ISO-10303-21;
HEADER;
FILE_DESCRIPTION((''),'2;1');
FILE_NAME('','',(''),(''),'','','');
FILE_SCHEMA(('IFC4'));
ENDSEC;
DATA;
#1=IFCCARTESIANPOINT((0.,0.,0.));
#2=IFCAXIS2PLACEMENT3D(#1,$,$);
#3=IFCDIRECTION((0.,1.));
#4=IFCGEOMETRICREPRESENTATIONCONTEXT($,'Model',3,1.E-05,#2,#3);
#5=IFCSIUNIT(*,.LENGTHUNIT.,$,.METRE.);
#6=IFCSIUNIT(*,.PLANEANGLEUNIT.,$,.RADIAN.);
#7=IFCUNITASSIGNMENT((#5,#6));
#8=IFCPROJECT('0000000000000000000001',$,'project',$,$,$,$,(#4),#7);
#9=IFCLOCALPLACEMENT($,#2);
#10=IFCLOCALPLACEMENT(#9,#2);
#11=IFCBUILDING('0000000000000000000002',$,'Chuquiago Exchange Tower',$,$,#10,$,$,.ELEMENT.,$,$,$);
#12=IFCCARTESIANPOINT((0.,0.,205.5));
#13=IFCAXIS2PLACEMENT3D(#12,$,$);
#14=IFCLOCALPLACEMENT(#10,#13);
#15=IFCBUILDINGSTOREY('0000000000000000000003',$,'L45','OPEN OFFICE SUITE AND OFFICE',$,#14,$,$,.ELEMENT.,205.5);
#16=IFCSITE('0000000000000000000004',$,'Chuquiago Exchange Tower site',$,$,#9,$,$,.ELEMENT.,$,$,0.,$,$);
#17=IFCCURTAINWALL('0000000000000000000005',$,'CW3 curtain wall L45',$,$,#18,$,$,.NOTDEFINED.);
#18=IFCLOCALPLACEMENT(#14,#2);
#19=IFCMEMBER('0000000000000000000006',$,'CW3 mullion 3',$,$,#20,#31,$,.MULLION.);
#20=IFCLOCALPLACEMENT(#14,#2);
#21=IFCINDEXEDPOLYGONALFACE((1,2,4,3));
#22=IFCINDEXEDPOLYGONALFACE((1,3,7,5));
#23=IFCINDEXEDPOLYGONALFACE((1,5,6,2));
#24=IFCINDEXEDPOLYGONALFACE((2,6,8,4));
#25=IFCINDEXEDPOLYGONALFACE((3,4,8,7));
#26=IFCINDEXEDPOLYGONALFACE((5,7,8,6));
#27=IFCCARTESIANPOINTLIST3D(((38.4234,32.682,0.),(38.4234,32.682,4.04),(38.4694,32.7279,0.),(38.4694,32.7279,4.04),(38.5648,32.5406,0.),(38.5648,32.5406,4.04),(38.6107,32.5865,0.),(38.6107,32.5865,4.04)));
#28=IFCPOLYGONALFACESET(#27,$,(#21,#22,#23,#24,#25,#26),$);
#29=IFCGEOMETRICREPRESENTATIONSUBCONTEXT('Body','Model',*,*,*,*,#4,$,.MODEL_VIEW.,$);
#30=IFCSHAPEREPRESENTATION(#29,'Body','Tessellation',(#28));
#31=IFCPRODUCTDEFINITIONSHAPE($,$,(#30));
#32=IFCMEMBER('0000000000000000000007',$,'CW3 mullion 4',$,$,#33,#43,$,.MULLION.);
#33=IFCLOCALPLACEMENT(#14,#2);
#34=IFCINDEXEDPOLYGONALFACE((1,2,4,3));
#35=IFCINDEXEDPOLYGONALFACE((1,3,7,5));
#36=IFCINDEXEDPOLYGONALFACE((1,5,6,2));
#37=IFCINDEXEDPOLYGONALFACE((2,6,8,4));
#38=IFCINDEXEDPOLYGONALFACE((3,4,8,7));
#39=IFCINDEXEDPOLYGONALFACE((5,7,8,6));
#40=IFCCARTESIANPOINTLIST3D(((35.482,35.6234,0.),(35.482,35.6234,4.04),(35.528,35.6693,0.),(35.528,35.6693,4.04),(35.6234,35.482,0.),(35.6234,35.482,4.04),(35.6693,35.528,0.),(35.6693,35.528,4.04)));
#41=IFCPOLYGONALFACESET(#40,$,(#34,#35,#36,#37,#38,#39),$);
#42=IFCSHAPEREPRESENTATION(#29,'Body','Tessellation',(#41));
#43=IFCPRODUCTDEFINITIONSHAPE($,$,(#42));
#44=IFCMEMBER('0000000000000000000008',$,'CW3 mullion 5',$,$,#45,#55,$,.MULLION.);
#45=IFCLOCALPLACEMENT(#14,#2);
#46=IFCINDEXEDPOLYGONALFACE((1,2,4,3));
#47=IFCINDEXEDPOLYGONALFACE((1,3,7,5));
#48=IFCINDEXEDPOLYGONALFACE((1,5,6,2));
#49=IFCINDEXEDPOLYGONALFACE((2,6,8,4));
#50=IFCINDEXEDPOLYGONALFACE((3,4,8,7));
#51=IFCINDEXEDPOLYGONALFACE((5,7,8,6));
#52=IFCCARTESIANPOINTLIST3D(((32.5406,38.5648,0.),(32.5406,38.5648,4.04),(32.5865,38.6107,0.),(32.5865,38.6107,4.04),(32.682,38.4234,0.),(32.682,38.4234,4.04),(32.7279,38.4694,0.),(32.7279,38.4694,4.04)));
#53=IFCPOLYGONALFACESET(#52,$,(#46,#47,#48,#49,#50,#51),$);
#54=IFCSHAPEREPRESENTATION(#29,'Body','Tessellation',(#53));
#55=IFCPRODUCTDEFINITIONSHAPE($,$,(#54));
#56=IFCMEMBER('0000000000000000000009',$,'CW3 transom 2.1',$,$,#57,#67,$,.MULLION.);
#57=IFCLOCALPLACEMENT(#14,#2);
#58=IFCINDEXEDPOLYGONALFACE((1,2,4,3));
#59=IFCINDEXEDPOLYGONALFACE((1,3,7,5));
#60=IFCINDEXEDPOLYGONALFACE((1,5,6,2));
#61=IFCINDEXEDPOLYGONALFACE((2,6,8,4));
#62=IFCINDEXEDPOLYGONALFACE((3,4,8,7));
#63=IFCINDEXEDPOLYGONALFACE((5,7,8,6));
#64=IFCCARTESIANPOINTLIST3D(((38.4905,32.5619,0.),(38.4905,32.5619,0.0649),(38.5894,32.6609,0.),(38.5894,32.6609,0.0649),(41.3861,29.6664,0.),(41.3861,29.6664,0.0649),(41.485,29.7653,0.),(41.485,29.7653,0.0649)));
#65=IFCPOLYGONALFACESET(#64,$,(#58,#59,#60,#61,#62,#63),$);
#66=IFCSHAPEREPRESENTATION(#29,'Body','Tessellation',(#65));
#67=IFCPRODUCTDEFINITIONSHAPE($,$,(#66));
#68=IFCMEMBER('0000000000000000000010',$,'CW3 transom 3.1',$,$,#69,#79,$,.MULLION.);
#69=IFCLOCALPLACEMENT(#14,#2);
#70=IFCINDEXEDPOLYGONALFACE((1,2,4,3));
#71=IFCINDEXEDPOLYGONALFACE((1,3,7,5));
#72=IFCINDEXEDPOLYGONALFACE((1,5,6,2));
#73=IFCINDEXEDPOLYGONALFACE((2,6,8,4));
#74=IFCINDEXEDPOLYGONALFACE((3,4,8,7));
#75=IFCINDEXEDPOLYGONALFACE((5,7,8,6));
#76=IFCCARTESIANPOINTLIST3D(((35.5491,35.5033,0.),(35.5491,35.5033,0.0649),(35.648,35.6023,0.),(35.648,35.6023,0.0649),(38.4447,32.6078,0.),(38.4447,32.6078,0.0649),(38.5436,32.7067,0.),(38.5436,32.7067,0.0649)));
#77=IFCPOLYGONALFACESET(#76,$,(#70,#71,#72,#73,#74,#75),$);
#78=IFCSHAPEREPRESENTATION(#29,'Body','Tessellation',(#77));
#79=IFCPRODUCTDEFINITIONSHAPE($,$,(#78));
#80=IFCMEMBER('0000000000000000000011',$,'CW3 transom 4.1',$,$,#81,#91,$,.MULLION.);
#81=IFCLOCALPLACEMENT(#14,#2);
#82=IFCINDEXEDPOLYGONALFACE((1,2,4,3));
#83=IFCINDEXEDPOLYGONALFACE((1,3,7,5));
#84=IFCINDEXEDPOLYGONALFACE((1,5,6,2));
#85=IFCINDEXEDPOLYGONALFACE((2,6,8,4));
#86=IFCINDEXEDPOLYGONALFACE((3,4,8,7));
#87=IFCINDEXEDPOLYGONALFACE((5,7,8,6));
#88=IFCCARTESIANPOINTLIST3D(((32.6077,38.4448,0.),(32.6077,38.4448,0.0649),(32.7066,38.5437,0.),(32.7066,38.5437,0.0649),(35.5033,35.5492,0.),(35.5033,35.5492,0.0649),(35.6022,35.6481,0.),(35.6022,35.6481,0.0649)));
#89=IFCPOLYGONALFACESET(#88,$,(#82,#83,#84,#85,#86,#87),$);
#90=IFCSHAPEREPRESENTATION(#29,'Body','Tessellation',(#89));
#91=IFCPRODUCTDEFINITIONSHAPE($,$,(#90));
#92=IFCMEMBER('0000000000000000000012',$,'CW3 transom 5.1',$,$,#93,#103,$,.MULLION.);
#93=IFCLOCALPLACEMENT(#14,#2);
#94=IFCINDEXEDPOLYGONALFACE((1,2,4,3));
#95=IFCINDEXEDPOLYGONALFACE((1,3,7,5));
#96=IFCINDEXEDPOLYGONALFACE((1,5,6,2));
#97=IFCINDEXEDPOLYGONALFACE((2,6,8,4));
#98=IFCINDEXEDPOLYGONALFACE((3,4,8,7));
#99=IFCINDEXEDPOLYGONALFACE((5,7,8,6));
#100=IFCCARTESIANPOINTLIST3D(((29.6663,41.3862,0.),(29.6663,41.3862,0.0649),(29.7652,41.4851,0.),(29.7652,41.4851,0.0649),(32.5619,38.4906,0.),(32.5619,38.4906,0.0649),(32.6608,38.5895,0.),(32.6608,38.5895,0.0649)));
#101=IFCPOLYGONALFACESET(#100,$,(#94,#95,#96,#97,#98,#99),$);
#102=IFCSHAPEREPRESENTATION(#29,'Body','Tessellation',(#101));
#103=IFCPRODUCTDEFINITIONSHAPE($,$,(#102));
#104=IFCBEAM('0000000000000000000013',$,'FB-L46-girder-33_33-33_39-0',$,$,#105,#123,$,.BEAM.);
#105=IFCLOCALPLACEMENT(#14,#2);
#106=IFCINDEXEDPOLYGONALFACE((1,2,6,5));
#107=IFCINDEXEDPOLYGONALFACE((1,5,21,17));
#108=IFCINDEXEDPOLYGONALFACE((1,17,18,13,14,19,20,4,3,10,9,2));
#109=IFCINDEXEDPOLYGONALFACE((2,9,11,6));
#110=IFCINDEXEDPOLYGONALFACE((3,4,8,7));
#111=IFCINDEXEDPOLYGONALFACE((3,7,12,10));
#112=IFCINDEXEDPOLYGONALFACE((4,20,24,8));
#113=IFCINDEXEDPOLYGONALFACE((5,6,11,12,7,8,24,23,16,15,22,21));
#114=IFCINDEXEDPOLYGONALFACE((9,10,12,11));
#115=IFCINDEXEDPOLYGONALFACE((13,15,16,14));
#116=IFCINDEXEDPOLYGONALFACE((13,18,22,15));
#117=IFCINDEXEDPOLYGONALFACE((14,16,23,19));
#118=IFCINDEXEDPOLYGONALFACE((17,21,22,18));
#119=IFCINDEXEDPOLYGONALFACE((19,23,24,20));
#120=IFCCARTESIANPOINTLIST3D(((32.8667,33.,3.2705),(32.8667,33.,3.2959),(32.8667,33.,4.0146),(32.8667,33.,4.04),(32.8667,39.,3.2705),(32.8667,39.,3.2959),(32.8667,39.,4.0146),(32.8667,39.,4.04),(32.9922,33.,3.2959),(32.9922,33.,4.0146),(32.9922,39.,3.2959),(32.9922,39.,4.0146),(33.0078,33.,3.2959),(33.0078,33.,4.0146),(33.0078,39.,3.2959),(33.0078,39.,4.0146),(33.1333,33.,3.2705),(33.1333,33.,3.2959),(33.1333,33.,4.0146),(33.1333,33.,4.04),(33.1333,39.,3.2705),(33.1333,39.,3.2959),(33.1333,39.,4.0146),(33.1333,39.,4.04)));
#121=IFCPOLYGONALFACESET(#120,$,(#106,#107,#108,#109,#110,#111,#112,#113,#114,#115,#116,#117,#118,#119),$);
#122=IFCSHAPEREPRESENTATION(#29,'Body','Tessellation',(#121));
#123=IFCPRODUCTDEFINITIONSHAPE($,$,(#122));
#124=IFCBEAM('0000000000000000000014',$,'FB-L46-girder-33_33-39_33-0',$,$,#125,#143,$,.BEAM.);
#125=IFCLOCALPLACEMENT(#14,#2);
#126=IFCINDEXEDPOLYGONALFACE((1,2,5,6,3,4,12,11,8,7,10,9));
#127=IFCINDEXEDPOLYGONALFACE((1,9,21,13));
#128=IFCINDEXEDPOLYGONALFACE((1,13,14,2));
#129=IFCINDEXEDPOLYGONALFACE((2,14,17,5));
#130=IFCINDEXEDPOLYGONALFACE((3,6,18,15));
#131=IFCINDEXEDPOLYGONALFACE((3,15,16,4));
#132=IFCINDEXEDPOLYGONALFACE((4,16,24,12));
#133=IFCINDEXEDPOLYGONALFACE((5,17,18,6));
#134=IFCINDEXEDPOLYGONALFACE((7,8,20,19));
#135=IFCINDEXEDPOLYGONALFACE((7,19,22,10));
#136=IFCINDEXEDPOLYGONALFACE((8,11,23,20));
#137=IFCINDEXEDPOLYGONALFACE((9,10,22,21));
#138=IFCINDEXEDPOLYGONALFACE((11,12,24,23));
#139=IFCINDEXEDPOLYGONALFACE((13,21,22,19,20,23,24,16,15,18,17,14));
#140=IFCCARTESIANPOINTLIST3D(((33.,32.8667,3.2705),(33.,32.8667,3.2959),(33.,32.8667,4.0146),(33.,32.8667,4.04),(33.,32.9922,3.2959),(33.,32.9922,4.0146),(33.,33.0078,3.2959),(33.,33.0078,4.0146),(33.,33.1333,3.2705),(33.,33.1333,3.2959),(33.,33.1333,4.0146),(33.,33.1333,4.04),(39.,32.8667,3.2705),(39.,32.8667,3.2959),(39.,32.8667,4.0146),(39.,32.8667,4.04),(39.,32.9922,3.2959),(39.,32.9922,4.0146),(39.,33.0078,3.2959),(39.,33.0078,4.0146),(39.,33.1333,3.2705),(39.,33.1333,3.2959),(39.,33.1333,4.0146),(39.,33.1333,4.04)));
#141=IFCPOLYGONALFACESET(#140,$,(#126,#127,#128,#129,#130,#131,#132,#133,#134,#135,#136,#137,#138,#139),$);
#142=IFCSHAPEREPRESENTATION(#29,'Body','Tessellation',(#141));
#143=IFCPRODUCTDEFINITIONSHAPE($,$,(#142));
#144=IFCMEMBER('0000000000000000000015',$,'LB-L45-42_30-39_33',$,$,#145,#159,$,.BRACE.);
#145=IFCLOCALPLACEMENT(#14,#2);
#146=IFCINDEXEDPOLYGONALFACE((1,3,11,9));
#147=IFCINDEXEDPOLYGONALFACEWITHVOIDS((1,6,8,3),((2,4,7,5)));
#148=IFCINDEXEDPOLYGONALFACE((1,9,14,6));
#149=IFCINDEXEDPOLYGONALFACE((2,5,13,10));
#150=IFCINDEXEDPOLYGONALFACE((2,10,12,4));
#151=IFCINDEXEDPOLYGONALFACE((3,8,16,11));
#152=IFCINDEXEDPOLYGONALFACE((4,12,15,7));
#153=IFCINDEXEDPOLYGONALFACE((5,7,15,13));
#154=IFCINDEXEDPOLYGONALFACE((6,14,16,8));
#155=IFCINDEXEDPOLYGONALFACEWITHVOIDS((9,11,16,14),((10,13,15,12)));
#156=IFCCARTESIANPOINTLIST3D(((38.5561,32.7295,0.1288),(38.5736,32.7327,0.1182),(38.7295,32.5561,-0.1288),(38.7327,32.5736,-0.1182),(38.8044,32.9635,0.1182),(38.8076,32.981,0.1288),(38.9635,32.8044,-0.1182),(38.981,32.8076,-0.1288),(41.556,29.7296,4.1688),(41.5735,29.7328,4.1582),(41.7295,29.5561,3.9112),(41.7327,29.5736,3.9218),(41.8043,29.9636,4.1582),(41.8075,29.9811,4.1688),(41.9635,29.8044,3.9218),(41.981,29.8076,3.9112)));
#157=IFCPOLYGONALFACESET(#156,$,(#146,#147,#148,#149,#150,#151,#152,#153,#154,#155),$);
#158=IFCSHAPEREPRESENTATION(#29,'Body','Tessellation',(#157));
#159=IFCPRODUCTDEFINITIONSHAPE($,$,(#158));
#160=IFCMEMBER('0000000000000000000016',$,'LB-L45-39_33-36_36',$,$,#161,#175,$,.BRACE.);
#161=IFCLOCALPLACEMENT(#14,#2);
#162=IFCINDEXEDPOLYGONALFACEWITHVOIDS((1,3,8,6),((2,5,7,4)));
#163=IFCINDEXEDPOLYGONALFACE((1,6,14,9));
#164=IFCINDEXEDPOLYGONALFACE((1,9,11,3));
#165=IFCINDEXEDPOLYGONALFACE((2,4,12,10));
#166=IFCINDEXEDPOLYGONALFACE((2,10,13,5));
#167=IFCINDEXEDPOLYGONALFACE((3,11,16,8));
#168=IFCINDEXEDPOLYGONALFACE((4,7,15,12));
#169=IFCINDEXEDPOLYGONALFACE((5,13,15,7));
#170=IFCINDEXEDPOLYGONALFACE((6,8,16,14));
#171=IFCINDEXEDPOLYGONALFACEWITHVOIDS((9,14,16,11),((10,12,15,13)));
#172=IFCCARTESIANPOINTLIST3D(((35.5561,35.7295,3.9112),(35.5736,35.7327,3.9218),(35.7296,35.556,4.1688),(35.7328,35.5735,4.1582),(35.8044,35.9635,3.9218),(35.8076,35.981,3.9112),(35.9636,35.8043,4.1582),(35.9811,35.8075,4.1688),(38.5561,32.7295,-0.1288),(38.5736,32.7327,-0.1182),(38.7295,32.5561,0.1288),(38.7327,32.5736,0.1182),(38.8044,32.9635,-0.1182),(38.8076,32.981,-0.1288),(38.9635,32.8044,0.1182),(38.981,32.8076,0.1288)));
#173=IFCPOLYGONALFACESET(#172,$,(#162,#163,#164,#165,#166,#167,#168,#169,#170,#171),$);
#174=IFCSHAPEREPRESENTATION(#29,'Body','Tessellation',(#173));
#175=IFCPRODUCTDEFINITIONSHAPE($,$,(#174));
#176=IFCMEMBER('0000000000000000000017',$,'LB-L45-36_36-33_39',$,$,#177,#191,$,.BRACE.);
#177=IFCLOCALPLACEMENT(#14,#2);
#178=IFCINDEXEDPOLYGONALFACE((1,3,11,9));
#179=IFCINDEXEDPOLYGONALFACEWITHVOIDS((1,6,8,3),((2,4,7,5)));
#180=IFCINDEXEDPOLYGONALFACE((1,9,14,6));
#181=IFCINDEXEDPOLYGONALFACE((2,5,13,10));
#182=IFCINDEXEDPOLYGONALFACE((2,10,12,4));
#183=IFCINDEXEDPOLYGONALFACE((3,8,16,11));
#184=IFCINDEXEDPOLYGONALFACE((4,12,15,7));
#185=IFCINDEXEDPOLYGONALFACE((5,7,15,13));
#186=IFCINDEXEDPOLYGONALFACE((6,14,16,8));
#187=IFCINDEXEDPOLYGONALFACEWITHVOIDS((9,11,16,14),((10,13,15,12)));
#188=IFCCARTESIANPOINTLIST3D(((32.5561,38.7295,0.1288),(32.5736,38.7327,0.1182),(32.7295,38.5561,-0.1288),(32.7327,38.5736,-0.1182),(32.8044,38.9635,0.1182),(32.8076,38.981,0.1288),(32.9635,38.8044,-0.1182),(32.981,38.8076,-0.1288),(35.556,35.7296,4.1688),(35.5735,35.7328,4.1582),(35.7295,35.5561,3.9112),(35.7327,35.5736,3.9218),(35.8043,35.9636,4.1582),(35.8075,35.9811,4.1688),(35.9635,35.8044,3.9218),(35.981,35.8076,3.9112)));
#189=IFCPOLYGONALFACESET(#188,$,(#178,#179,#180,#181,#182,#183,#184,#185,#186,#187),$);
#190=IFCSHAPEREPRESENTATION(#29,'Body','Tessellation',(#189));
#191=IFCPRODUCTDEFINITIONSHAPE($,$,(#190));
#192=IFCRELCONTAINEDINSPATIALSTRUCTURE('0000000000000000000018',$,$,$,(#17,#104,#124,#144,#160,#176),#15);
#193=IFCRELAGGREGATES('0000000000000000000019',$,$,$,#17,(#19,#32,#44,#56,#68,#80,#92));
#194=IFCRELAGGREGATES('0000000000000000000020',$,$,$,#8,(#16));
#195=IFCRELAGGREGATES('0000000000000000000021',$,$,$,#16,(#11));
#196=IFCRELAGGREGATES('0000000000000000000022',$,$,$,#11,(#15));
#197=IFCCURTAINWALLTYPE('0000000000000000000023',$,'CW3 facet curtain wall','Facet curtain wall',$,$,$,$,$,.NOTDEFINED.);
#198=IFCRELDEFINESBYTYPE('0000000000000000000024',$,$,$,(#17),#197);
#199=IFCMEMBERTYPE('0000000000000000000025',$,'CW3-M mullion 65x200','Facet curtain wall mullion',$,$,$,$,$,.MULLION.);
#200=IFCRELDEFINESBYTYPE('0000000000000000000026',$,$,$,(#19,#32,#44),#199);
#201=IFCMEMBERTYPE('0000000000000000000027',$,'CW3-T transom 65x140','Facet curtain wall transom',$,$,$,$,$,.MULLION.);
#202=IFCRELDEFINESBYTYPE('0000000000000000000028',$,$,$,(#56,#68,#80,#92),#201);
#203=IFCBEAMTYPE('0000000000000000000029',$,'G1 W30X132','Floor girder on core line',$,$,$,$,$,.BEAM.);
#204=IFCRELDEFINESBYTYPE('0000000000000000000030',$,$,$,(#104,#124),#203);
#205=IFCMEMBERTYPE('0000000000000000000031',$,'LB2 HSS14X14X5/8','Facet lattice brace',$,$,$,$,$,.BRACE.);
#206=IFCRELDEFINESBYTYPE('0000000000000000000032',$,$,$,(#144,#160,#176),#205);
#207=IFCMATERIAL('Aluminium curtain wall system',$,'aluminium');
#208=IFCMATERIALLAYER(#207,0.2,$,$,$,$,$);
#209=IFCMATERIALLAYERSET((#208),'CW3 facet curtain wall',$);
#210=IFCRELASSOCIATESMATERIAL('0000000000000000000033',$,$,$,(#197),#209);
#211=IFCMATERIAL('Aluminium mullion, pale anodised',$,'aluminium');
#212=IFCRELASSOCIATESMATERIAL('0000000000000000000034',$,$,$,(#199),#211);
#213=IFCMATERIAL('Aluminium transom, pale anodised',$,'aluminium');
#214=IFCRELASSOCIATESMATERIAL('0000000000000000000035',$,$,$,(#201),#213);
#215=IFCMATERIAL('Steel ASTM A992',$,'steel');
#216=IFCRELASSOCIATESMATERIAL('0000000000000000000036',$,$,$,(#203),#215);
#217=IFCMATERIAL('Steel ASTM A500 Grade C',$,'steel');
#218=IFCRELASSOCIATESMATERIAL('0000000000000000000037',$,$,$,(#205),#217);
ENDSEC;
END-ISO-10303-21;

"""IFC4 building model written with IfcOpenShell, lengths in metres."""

from ifc_helpers import new_model, si_unit, direction, frame, origin, origin_2d, place, context, subcontext, project, spatial, rectangle, hollow_rectangle, i_section, extrude, material, layer, layer_set, material_profile, profile_set, type_object, element, aggregate, save


model = new_model("IFC4")

# Units and contexts
model_context = context("Model", 3, precision=1e-05, world=origin(), true_north=direction((0.0, 1.0)))
body_context = subcontext(model_context, "Body", "Model", "MODEL_VIEW")
ifc_project = project(units=[si_unit("LENGTHUNIT", "METRE"), si_unit("PLANEANGLEUNIT", "RADIAN")], contexts=[model_context])

# Site, building, storey
site_placement = place(None, origin())
site = spatial("IfcSite", under=ifc_project, at=site_placement, Name="Chuquiago Exchange Tower site", CompositionType="ELEMENT", RefElevation=0.0)
building_placement = place(site_placement, origin())
building = spatial("IfcBuilding", under=site, at=building_placement, Name="Chuquiago Exchange Tower", CompositionType="ELEMENT")
storey_placement = place(building_placement, frame((0.0, 0.0, 205.5)))
storey = spatial("IfcBuildingStorey", under=building, at=storey_placement, Name="L45", Description="OPEN OFFICE SUITE AND OFFICE", CompositionType="ELEMENT", Elevation=205.5)

# Curtain wall, members
ifc_material_1 = material(Name="Aluminium curtain wall system", Category="aluminium")
ifc_layer_1 = layer(ifc_material_1, 0.2)
ifc_layer_set_1 = layer_set([ifc_layer_1], Name="CW3 facet curtain wall")
curtain_wall_type = type_object("IfcCurtainWallType", Name="CW3 facet curtain wall", Description="Facet curtain wall", PredefinedType="NOTDEFINED", material=ifc_layer_set_1)
curtain_wall_placement = place(storey_placement, origin())
curtain_wall = element("IfcCurtainWall", 1, at=curtain_wall_placement, inside=storey, type_object=curtain_wall_type, Name="CW3 curtain wall L45", PredefinedType="NOTDEFINED")
ifc_material_2 = material(Name="Aluminium mullion, pale anodised", Category="aluminium")
ifc_material_profile_1 = material_profile(ifc_material_2, rectangle(XDim=0.0649, YDim=0.2, at=origin_2d()), Name="AL 65x200")
ifc_profile_set_1 = profile_set([ifc_material_profile_1], Name="Aluminium mullion, pale anodised")
member_type_1 = type_object("IfcMemberType", Name="CW3-M mullion 65x200", Description="Facet curtain wall mullion", PredefinedType="MULLION", material=ifc_profile_set_1)
member_1_placement = place(storey_placement, frame((38.5171, 32.6343, 0.0), z_axis=(0.0, 0.0, 1.0), x_axis=(-0.707107, -0.707107, 0.0)))
member_1 = element("IfcMember", 2, at=member_1_placement, type_object=member_type_1, Name="CW3 mullion 3", PredefinedType="MULLION", context=body_context, shape_type="SweptSolid", body=[
    extrude(rectangle(XDim=0.0649, YDim=0.2, at=origin_2d()), origin(), (0.0, 0.0, 1.0), 4.04),
])
member_2_placement = place(storey_placement, frame((35.5757, 35.5757, 0.0), z_axis=(0.0, 0.0, 1.0), x_axis=(-0.707107, -0.707107, 0.0)))
member_2 = element("IfcMember", 3, at=member_2_placement, type_object=member_type_1, Name="CW3 mullion 4", PredefinedType="MULLION", context=body_context, shape_type="SweptSolid", body=[
    extrude(rectangle(XDim=0.0649, YDim=0.2, at=origin_2d()), origin(), (0.0, 0.0, 1.0), 4.04),
])
member_3_placement = place(storey_placement, frame((32.6343, 38.5171, 0.0), z_axis=(0.0, 0.0, 1.0), x_axis=(-0.707107, -0.707107, 0.0)))
member_3 = element("IfcMember", 4, at=member_3_placement, type_object=member_type_1, Name="CW3 mullion 5", PredefinedType="MULLION", context=body_context, shape_type="SweptSolid", body=[
    extrude(rectangle(XDim=0.0649, YDim=0.2, at=origin_2d()), origin(), (0.0, 0.0, 1.0), 4.04),
])
ifc_material_3 = material(Name="Aluminium transom, pale anodised", Category="aluminium")
ifc_material_profile_2 = material_profile(ifc_material_3, rectangle(XDim=0.1399, YDim=0.0649, at=origin_2d()), Name="AL 140x65")
ifc_profile_set_2 = profile_set([ifc_material_profile_2], Name="Aluminium transom, pale anodised")
member_type_2 = type_object("IfcMemberType", Name="CW3-T transom 65x140", Description="Facet curtain wall transom", PredefinedType="MULLION", material=ifc_profile_set_2)
member_4_placement = place(storey_placement, frame((41.4355, 29.7158, 0.0325), z_axis=(-0.707107, 0.707107, 0.0), x_axis=(-0.707107, -0.707107, 0.0)))
member_4 = element("IfcMember", 5, at=member_4_placement, type_object=member_type_2, Name="CW3 transom 2.1", PredefinedType="MULLION", context=body_context, shape_type="SweptSolid", body=[
    extrude(rectangle(XDim=0.1399, YDim=0.0649, at=origin_2d()), origin(), (0.0, 0.0, 1.0), 4.095),
])
member_5_placement = place(storey_placement, frame((38.4941, 32.6572, 0.0325), z_axis=(-0.707107, 0.707107, 0.0), x_axis=(-0.707107, -0.707107, 0.0)))
member_5 = element("IfcMember", 6, at=member_5_placement, type_object=member_type_2, Name="CW3 transom 3.1", PredefinedType="MULLION", context=body_context, shape_type="SweptSolid", body=[
    extrude(rectangle(XDim=0.1399, YDim=0.0649, at=origin_2d()), origin(), (0.0, 0.0, 1.0), 4.095),
])
member_6_placement = place(storey_placement, frame((35.5527, 35.5986, 0.0325), z_axis=(-0.707107, 0.707107, 0.0), x_axis=(-0.707107, -0.707107, 0.0)))
member_6 = element("IfcMember", 7, at=member_6_placement, type_object=member_type_2, Name="CW3 transom 4.1", PredefinedType="MULLION", context=body_context, shape_type="SweptSolid", body=[
    extrude(rectangle(XDim=0.1399, YDim=0.0649, at=origin_2d()), origin(), (0.0, 0.0, 1.0), 4.095),
])
member_7_placement = place(storey_placement, frame((32.6113, 38.54, 0.0325), z_axis=(-0.707107, 0.707107, 0.0), x_axis=(-0.707107, -0.707107, 0.0)))
member_7 = element("IfcMember", 8, at=member_7_placement, type_object=member_type_2, Name="CW3 transom 5.1", PredefinedType="MULLION", context=body_context, shape_type="SweptSolid", body=[
    extrude(rectangle(XDim=0.1399, YDim=0.0649, at=origin_2d()), origin(), (0.0, 0.0, 1.0), 4.095),
])

# Beams
ifc_material_4 = material(Name="Steel ASTM A992", Category="steel")
ifc_material_profile_3 = material_profile(ifc_material_4, i_section(OverallWidth=0.2666, OverallDepth=0.7695, WebThickness=0.0156, FlangeThickness=0.0254, at=origin_2d()), Name="W30X132")
ifc_profile_set_3 = profile_set([ifc_material_profile_3], Name="Steel ASTM A992")
beam_type_1 = type_object("IfcBeamType", Name="G1 W30X132", Description="Floor girder on core line", PredefinedType="BEAM", material=ifc_profile_set_3)
for number, where, z_axis, x_axis, name in (
    (9, (33.0, 33.0, 3.6553), (0.0, 1.0, 0.0), (-1.0, 0.0, 0.0), "FB-L46-girder-33_33-33_39-0"),
    (10, (33.0, 33.0, 3.6553), (1.0, 0.0, 0.0), (0.0, 1.0, 0.0), "FB-L46-girder-33_33-39_33-0"),
):
    element("IfcBeam", number, at=place(storey_placement, frame(where, z_axis=z_axis, x_axis=x_axis)), inside=storey, type_object=beam_type_1, Name=name, PredefinedType="BEAM", context=body_context, shape_type="SweptSolid", body=[
        extrude(i_section(OverallWidth=0.2666, OverallDepth=0.7695, WebThickness=0.0156, FlangeThickness=0.0254, at=origin_2d()), origin(), (0.0, 0.0, 1.0), 6.0),
    ])

# Members
ifc_material_5 = material(Name="Steel ASTM A500 Grade C", Category="steel")
ifc_material_profile_4 = material_profile(ifc_material_5, hollow_rectangle(XDim=0.3557, YDim=0.3557, WallThickness=0.0146, at=origin_2d()), Name="HSS14X14X5/8")
ifc_profile_set_4 = profile_set([ifc_material_profile_4], Name="Steel ASTM A500 Grade C")
member_type_3 = type_object("IfcMemberType", Name="LB2 HSS14X14X5/8", Description="Facet lattice brace", PredefinedType="BRACE", material=ifc_profile_set_4)
for number, where, z_axis, x_axis, name in (
    (11, (38.7686, 32.7686, 0.0), (0.512077, -0.512077, 0.689604), (0.707107, 0.707107, 0.0), "LB-L45-42_30-39_33"),
    (12, (38.7686, 32.7686, 0.0), (-0.512077, 0.512077, 0.689604), (-0.707107, -0.707107, 0.0), "LB-L45-39_33-36_36"),
    (13, (32.7686, 38.7686, 0.0), (0.512077, -0.512077, 0.689604), (0.707107, 0.707107, 0.0), "LB-L45-36_36-33_39"),
):
    element("IfcMember", number, at=place(storey_placement, frame(where, z_axis=z_axis, x_axis=x_axis)), inside=storey, type_object=member_type_3, Name=name, PredefinedType="BRACE", context=body_context, shape_type="SweptSolid", body=[
        extrude(hollow_rectangle(XDim=0.3557, YDim=0.3557, WallThickness=0.0146, at=origin_2d()), origin(), (0.0, 0.0, 1.0), 5.8584),
    ])

aggregate(curtain_wall, [member_1, member_2, member_3, member_4, member_5, member_6, member_7])

save(model, "model.ifc")
